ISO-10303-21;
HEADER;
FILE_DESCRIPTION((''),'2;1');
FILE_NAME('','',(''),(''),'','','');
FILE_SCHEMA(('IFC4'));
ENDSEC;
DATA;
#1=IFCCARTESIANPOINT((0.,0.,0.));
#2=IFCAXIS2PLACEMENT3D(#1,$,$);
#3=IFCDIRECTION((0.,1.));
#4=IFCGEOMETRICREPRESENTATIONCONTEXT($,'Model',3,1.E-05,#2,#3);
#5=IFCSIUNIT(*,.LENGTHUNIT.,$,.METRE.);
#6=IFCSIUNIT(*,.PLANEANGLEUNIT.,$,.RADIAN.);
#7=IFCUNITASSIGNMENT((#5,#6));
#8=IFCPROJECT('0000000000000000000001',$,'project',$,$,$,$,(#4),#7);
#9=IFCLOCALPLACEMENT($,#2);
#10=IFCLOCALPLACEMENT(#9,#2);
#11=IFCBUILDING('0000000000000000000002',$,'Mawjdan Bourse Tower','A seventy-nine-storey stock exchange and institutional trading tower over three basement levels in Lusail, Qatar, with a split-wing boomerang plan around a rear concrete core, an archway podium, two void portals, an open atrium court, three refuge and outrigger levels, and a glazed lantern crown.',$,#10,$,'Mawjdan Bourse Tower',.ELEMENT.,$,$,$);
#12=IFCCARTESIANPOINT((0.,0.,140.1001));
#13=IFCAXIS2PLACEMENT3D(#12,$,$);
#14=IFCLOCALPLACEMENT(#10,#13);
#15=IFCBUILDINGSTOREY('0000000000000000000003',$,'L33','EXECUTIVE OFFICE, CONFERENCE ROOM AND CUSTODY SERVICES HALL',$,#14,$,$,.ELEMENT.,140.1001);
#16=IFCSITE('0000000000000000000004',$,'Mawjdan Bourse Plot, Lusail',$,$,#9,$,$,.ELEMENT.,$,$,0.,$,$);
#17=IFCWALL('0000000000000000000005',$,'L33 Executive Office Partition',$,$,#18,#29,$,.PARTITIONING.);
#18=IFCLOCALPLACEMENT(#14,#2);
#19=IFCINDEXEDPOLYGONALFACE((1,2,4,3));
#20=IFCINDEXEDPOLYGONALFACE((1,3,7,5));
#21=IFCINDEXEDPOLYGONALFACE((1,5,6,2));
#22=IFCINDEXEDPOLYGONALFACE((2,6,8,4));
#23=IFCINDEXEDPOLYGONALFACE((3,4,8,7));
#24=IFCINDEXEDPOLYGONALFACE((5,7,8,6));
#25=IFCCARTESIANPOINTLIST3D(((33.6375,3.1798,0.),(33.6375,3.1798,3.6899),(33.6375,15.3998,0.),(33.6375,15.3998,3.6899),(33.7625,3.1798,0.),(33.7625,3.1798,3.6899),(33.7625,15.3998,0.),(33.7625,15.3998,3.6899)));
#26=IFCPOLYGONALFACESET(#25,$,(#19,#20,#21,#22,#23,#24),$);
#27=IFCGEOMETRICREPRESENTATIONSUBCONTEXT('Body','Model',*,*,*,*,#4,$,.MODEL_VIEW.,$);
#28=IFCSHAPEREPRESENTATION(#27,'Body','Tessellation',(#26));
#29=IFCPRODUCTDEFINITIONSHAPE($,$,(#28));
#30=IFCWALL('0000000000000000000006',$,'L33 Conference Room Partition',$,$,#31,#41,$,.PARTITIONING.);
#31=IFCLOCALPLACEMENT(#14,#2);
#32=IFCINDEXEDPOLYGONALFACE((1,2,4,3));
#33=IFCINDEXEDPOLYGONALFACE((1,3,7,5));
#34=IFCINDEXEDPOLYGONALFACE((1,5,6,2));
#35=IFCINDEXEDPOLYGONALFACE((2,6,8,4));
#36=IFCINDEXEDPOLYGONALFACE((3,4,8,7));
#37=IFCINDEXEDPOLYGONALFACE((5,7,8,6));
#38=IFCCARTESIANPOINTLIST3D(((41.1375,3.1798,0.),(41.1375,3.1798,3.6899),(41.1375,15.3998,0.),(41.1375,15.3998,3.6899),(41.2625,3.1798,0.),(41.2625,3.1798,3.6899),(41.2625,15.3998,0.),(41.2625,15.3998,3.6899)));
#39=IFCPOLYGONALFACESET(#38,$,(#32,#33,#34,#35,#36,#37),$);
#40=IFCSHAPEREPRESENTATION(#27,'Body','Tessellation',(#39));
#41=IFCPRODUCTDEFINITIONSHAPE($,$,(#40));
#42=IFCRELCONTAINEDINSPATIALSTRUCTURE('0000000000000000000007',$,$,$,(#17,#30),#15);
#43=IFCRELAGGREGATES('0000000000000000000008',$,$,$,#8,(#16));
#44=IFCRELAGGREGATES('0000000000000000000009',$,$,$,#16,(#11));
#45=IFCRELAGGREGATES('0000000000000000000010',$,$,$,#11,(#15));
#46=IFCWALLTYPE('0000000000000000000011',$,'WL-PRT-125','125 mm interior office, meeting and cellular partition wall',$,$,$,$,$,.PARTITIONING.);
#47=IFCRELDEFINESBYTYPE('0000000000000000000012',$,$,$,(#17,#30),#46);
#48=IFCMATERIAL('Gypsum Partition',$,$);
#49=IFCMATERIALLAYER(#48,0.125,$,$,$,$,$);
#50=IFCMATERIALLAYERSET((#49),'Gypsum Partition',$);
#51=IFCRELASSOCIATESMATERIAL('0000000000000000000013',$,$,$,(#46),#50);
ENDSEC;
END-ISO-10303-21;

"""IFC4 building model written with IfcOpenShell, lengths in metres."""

from ifc_helpers import new_model, si_unit, direction, frame, frame_2d, origin, place, context, subcontext, project, spatial, rectangle, extrude, material, layer, layer_set, type_object, element, save


model = new_model("IFC4")

# Units and contexts
model_context = context("Model", 3, precision=1e-05, world=origin(), true_north=direction((0.0, 1.0)))
body_context = subcontext(model_context, "Body", "Model", "MODEL_VIEW")
ifc_project = project(units=[si_unit("LENGTHUNIT", "METRE"), si_unit("PLANEANGLEUNIT", "RADIAN")], contexts=[model_context])

# Site, building, storey
site_placement = place(None, origin())
site = spatial("IfcSite", under=ifc_project, at=site_placement, Name="Mawjdan Bourse Plot, Lusail", CompositionType="ELEMENT", RefElevation=0.0)
building_placement = place(site_placement, origin())
building = spatial("IfcBuilding", under=site, at=building_placement, Name="Mawjdan Bourse Tower", Description="A seventy-nine-storey stock exchange and institutional trading tower over three basement levels in Lusail, Qatar, with a split-wing boomerang plan around a rear concrete core, an archway podium, two void portals, an open atrium court, three refuge and outrigger levels, and a glazed lantern crown.", LongName="Mawjdan Bourse Tower", CompositionType="ELEMENT")
storey_placement = place(building_placement, frame((0.0, 0.0, 140.1001)))
storey = spatial("IfcBuildingStorey", under=building, at=storey_placement, Name="L33", Description="EXECUTIVE OFFICE, CONFERENCE ROOM AND CUSTODY SERVICES HALL", CompositionType="ELEMENT", Elevation=140.1001)

# Walls
ifc_material_1 = material(Name="Gypsum Partition")
ifc_layer_1 = layer(ifc_material_1, 0.125)
ifc_layer_set_1 = layer_set([ifc_layer_1], Name="Gypsum Partition")
wall_type_1 = type_object("IfcWallType", Name="WL-PRT-125", Description="125 mm interior office, meeting and cellular partition wall", PredefinedType="PARTITIONING", material=ifc_layer_set_1)
for number, where, z_axis, x_axis, name in (
    (1, (33.7, 3.1799, 0.0), (0.0, 0.0, 1.0), (0.0, 1.0, 0.0), "L33 Executive Office Partition"),
    (2, (41.2, 3.1799, 0.0), (0.0, 0.0, 1.0), (0.0, 1.0, 0.0), "L33 Conference Room Partition"),
):
    element("IfcWall", number, at=place(storey_placement, frame(where, z_axis=z_axis, x_axis=x_axis)), inside=storey, type_object=wall_type_1, Name=name, PredefinedType="PARTITIONING", context=body_context, shape_type="SweptSolid", body=[
        extrude(rectangle(XDim=12.22, YDim=0.125, at=frame_2d((6.1099, 0.0))), origin(), (0.0, 0.0, 1.0), 3.6899),
    ])

save(model, "model.ifc")
